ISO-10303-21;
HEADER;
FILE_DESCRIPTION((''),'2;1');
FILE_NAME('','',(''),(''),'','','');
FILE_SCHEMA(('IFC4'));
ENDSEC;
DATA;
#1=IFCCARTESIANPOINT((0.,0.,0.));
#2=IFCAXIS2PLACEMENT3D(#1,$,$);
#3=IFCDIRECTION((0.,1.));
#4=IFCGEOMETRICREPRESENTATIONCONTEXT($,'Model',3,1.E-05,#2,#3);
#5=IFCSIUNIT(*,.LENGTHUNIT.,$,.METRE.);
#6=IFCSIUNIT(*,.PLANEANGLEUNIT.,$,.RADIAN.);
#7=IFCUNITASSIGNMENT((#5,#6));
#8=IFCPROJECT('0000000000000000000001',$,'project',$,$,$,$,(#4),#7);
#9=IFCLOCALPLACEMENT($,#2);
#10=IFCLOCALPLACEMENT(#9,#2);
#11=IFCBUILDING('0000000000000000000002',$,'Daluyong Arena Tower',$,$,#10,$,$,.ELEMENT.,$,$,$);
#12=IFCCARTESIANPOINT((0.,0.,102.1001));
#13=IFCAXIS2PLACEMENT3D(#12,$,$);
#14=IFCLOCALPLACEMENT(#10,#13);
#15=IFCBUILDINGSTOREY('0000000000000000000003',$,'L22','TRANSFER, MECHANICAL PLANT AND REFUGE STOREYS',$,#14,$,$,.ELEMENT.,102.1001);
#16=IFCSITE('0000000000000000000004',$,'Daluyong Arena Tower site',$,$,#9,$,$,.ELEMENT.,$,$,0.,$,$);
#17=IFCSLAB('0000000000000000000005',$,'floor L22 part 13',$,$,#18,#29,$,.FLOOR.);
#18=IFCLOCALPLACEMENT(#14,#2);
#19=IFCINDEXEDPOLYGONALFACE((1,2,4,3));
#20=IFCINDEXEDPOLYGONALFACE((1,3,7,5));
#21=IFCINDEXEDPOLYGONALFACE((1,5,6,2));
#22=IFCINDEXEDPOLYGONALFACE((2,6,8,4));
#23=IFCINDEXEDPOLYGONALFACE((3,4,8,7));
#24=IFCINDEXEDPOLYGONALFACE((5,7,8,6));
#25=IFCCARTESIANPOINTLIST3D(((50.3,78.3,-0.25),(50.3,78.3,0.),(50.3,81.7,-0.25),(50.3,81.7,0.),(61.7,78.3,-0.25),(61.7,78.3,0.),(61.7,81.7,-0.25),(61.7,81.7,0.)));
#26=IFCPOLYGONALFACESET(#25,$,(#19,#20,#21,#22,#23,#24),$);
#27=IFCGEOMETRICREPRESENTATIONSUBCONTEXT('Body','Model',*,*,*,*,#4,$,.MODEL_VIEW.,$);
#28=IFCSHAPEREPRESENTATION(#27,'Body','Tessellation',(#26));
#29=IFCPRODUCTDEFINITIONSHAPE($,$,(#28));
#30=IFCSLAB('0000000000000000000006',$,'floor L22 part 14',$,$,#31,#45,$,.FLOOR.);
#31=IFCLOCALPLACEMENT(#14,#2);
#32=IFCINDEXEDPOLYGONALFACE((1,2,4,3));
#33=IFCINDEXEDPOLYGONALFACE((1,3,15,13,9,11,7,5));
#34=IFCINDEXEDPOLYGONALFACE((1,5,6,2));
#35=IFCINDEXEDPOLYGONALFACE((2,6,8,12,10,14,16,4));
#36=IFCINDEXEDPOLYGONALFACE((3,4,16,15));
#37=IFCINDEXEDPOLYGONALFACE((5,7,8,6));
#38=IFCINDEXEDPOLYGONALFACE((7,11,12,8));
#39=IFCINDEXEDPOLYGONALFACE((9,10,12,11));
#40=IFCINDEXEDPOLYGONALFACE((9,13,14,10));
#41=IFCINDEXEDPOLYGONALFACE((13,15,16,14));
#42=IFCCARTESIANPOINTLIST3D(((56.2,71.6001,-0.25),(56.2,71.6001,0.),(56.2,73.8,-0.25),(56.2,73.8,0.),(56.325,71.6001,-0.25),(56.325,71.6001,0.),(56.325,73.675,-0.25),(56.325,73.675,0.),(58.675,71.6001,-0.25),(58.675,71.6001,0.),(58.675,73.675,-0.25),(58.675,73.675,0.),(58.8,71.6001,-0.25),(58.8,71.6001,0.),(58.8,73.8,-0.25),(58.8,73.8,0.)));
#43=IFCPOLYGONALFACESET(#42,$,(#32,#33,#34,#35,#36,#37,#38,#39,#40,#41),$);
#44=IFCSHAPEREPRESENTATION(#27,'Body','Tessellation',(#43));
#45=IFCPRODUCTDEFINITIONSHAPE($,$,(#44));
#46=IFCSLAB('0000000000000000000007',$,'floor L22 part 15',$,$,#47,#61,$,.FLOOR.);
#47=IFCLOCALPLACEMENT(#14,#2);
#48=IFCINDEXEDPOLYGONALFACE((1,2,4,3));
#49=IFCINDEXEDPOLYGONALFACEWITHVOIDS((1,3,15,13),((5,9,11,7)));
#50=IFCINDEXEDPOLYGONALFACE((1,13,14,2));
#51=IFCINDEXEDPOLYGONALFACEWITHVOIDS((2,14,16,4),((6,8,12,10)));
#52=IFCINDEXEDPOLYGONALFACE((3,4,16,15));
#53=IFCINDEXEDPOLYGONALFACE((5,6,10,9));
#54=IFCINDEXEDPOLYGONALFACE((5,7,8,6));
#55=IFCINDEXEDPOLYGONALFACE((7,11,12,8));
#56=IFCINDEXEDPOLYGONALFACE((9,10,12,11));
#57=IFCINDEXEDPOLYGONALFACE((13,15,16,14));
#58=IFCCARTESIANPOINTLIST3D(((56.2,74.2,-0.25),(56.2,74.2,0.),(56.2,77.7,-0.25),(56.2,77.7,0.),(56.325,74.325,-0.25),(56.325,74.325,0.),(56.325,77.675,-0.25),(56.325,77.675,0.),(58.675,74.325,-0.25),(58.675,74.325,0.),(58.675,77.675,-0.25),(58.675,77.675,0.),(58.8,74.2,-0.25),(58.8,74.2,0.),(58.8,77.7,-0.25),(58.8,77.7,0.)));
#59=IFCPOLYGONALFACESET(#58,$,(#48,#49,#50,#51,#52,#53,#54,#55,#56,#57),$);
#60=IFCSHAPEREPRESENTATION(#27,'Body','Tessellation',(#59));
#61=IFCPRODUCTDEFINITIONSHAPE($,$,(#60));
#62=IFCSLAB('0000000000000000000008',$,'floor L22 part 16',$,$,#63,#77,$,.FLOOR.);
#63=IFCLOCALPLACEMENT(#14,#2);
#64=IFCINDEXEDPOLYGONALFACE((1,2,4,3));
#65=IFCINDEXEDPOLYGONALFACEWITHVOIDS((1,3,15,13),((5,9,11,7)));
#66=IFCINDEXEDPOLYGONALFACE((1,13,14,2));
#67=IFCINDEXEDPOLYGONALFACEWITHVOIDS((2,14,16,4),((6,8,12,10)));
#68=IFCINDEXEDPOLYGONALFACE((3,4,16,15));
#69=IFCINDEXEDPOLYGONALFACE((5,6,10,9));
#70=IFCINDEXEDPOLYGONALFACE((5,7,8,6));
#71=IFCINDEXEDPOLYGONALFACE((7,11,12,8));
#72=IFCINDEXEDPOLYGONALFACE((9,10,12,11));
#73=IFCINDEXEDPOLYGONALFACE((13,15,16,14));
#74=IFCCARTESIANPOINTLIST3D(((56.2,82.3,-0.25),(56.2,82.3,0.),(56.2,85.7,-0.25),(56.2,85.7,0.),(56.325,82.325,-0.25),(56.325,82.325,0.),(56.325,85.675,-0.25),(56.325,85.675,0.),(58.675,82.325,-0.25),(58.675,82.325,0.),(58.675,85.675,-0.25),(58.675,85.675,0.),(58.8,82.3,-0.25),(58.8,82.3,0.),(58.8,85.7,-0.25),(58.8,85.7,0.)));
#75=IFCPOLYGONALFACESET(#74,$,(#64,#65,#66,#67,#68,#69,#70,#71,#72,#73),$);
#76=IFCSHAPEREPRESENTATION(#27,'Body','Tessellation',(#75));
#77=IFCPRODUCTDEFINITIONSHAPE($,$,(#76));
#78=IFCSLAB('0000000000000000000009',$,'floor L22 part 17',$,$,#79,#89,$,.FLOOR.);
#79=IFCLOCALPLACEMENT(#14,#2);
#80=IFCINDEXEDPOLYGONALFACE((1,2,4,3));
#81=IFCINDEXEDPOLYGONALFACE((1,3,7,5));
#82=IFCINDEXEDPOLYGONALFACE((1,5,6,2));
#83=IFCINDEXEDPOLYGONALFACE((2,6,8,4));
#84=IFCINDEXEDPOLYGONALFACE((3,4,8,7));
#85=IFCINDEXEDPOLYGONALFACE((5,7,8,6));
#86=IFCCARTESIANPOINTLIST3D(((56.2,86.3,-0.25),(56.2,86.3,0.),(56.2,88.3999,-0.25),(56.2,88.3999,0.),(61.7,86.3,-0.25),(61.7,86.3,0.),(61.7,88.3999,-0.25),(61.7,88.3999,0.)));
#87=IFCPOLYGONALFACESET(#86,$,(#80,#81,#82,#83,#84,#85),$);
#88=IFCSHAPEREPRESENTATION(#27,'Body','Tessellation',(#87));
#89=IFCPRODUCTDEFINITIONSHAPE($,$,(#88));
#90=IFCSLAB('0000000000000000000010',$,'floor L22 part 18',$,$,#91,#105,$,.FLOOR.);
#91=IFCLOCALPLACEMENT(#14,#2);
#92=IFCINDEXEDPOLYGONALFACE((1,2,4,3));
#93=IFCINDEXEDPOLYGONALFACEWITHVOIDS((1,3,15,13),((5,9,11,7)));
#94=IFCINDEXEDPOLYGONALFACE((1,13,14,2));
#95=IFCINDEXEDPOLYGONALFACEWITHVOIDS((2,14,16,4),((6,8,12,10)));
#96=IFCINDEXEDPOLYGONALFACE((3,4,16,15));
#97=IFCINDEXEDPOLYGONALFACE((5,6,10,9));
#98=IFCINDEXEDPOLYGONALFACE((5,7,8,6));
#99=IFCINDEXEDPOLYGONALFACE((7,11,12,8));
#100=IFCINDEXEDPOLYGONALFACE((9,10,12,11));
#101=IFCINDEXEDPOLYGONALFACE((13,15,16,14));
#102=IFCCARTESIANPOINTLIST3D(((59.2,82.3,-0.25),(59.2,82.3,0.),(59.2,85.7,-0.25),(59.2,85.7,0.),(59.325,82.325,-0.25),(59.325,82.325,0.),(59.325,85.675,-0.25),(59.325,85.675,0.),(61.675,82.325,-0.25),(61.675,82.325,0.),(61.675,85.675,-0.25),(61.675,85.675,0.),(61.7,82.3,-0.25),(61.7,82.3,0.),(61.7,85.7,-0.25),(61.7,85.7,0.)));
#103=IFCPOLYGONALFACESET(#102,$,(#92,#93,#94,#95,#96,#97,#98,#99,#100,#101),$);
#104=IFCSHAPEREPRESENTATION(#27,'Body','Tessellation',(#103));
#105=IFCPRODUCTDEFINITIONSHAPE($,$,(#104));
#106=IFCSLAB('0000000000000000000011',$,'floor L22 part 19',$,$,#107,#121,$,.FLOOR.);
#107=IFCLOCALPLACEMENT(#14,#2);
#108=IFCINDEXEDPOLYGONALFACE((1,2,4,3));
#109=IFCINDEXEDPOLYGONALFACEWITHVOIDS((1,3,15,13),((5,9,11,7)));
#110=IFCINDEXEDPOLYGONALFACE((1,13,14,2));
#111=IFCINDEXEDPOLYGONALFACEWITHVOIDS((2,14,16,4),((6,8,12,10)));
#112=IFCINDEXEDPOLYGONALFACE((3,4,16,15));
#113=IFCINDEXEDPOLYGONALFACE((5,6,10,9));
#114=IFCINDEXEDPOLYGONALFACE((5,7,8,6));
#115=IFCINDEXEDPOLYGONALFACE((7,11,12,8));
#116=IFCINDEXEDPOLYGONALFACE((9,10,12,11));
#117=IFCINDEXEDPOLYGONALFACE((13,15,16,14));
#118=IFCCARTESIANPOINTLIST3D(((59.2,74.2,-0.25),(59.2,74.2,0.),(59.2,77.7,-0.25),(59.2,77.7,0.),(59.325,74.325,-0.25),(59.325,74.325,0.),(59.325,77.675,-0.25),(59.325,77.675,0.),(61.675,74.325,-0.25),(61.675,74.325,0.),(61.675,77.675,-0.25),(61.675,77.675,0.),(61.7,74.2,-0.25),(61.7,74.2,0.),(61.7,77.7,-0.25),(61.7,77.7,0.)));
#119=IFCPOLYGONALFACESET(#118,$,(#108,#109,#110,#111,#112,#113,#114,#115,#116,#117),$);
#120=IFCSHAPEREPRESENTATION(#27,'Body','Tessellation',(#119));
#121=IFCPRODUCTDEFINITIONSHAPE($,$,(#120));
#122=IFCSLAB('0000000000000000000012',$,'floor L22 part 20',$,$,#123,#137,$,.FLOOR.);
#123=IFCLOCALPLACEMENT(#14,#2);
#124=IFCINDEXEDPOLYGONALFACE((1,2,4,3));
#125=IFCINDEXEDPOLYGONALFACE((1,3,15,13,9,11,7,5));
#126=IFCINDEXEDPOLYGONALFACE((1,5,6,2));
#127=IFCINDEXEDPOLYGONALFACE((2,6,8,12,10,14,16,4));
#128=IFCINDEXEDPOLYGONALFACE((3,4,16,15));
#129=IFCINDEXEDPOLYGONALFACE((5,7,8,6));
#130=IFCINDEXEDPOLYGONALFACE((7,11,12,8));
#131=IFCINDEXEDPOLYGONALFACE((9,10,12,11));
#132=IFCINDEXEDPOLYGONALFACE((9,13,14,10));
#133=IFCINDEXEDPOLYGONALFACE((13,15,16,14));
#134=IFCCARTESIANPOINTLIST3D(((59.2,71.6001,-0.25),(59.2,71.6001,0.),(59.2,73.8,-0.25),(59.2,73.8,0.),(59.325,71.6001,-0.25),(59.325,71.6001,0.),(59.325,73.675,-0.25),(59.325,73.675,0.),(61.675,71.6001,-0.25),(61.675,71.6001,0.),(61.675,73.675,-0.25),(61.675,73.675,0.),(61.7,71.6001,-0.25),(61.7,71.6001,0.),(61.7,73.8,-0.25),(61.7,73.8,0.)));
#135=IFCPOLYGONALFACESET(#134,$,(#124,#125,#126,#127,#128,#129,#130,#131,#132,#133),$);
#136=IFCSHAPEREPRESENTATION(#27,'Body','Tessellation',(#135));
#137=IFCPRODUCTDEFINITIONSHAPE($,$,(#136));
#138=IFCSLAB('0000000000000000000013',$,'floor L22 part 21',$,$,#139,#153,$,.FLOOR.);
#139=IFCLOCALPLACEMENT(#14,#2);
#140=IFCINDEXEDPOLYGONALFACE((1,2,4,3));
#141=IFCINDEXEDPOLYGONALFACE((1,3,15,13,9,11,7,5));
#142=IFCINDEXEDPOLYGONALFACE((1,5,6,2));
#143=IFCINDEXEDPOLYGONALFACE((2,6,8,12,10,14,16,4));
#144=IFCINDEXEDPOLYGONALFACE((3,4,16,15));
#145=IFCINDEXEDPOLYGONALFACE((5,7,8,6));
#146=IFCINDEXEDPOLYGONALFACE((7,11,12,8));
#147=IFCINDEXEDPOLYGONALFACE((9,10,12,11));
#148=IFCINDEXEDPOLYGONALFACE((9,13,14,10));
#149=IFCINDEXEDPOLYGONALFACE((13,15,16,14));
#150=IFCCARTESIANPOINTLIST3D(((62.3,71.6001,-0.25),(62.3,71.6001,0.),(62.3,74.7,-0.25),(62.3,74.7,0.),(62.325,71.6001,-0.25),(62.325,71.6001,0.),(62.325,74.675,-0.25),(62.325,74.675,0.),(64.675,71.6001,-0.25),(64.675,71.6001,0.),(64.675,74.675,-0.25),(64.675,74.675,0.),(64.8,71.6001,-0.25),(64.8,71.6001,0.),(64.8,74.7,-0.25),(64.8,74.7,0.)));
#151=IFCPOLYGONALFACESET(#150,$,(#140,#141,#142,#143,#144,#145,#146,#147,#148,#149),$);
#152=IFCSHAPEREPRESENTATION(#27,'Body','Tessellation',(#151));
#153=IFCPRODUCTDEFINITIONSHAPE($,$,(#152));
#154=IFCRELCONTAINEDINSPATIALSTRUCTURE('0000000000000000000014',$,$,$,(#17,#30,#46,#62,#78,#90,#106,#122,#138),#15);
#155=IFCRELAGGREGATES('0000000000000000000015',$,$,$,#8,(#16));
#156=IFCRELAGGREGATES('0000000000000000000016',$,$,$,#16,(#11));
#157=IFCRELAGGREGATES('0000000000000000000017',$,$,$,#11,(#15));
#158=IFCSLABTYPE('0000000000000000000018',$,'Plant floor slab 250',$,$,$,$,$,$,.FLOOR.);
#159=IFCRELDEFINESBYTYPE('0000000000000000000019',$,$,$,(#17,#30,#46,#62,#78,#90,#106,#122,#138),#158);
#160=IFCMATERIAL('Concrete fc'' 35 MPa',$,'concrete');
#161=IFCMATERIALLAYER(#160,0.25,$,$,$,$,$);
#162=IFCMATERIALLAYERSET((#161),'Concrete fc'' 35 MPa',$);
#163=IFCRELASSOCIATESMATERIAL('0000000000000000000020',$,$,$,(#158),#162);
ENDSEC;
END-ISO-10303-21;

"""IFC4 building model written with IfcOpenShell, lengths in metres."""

from ifc_helpers import new_model, si_unit, direction, frame, origin, place, context, subcontext, project, spatial, polyline, outline, extrude, material, layer, layer_set, type_object, element, save


model = new_model("IFC4")

# Units and contexts
model_context = context("Model", 3, precision=1e-05, world=origin(), true_north=direction((0.0, 1.0)))
body_context = subcontext(model_context, "Body", "Model", "MODEL_VIEW")
ifc_project = project(units=[si_unit("LENGTHUNIT", "METRE"), si_unit("PLANEANGLEUNIT", "RADIAN")], contexts=[model_context])

# Site, building, storey
site_placement = place(None, origin())
site = spatial("IfcSite", under=ifc_project, at=site_placement, Name="Daluyong Arena Tower site", CompositionType="ELEMENT", RefElevation=0.0)
building_placement = place(site_placement, origin())
building = spatial("IfcBuilding", under=site, at=building_placement, Name="Daluyong Arena Tower", CompositionType="ELEMENT")
storey_placement = place(building_placement, frame((0.0, 0.0, 102.1001)))
storey = spatial("IfcBuildingStorey", under=building, at=storey_placement, Name="L22", Description="TRANSFER, MECHANICAL PLANT AND REFUGE STOREYS", CompositionType="ELEMENT", Elevation=102.1001)

# Slabs
ifc_material = material(Name="Concrete fc' 35 MPa", Category="concrete")
ifc_layer = layer(ifc_material, 0.25)
ifc_layer_set = layer_set([ifc_layer], Name="Concrete fc' 35 MPa")
slab_type = type_object("IfcSlabType", Name="Plant floor slab 250", PredefinedType="FLOOR", material=ifc_layer_set)
slab_1_placement = place(storey_placement, frame((0.0, 0.0, -0.25)))
element("IfcSlab", 1, at=slab_1_placement, inside=storey, type_object=slab_type, Name="floor L22 part 13", PredefinedType="FLOOR", context=body_context, shape_type="SweptSolid", body=[
    extrude(outline(polyline([(61.7, 81.7), (50.3, 81.7), (50.3, 78.3), (61.7, 78.3), (61.7, 81.7)])), origin(), (0.0, 0.0, 1.0), 0.25),
])
slab_2_placement = place(storey_placement, frame((0.0, 0.0, -0.25)))
element("IfcSlab", 2, at=slab_2_placement, inside=storey, type_object=slab_type, Name="floor L22 part 14", PredefinedType="FLOOR", context=body_context, shape_type="SweptSolid", body=[
    extrude(outline(polyline([(58.675, 73.675), (58.675, 71.6001), (58.8, 71.6001), (58.8, 73.8), (56.2, 73.8), (56.2, 71.6001), (56.325, 71.6001), (56.325, 73.675), (58.675, 73.675)])), origin(), (0.0, 0.0, 1.0), 0.25),
])
slab_3_placement = place(storey_placement, frame((0.0, 0.0, -0.25)))
element("IfcSlab", 3, at=slab_3_placement, inside=storey, type_object=slab_type, Name="floor L22 part 15", PredefinedType="FLOOR", context=body_context, shape_type="SweptSolid", body=[
    extrude(outline(polyline([(56.2, 77.7), (56.2, 74.2), (58.8, 74.2), (58.8, 77.7), (56.2, 77.7)]), holes=[polyline([(58.675, 77.675), (58.675, 74.325), (56.325, 74.325), (56.325, 77.675), (58.675, 77.675)])]), origin(), (0.0, 0.0, 1.0), 0.25),
])
slab_4_placement = place(storey_placement, frame((0.0, 0.0, -0.25)))
element("IfcSlab", 4, at=slab_4_placement, inside=storey, type_object=slab_type, Name="floor L22 part 16", PredefinedType="FLOOR", context=body_context, shape_type="SweptSolid", body=[
    extrude(outline(polyline([(56.2, 85.7), (56.2, 82.3), (58.8, 82.3), (58.8, 85.7), (56.2, 85.7)]), holes=[polyline([(58.675, 85.675), (58.675, 82.325), (56.325, 82.325), (56.325, 85.675), (58.675, 85.675)])]), origin(), (0.0, 0.0, 1.0), 0.25),
])
slab_5_placement = place(storey_placement, frame((0.0, 0.0, -0.25)))
element("IfcSlab", 5, at=slab_5_placement, inside=storey, type_object=slab_type, Name="floor L22 part 17", PredefinedType="FLOOR", context=body_context, shape_type="SweptSolid", body=[
    extrude(outline(polyline([(56.2, 86.3), (61.7, 86.3), (61.7, 88.3999), (56.2, 88.3999), (56.2, 86.3)])), origin(), (0.0, 0.0, 1.0), 0.25),
])
slab_6_placement = place(storey_placement, frame((0.0, 0.0, -0.25)))
element("IfcSlab", 6, at=slab_6_placement, inside=storey, type_object=slab_type, Name="floor L22 part 18", PredefinedType="FLOOR", context=body_context, shape_type="SweptSolid", body=[
    extrude(outline(polyline([(59.2, 82.3), (61.7, 82.3), (61.7, 85.7), (59.2, 85.7), (59.2, 82.3)]), holes=[polyline([(61.675, 82.325), (59.325, 82.325), (59.325, 85.675), (61.675, 85.675), (61.675, 82.325)])]), origin(), (0.0, 0.0, 1.0), 0.25),
])
slab_7_placement = place(storey_placement, frame((0.0, 0.0, -0.25)))
element("IfcSlab", 7, at=slab_7_placement, inside=storey, type_object=slab_type, Name="floor L22 part 19", PredefinedType="FLOOR", context=body_context, shape_type="SweptSolid", body=[
    extrude(outline(polyline([(59.2, 74.2), (61.7, 74.2), (61.7, 77.7), (59.2, 77.7), (59.2, 74.2)]), holes=[polyline([(61.675, 77.675), (61.675, 74.325), (59.325, 74.325), (59.325, 77.675), (61.675, 77.675)])]), origin(), (0.0, 0.0, 1.0), 0.25),
])
slab_8_placement = place(storey_placement, frame((0.0, 0.0, -0.25)))
element("IfcSlab", 8, at=slab_8_placement, inside=storey, type_object=slab_type, Name="floor L22 part 20", PredefinedType="FLOOR", context=body_context, shape_type="SweptSolid", body=[
    extrude(outline(polyline([(61.7, 73.8), (59.2, 73.8), (59.2, 71.6001), (59.325, 71.6001), (59.325, 73.675), (61.675, 73.675), (61.675, 71.6001), (61.7, 71.6001), (61.7, 73.8)])), origin(), (0.0, 0.0, 1.0), 0.25),
])
slab_9_placement = place(storey_placement, frame((0.0, 0.0, -0.25)))
element("IfcSlab", 9, at=slab_9_placement, inside=storey, type_object=slab_type, Name="floor L22 part 21", PredefinedType="FLOOR", context=body_context, shape_type="SweptSolid", body=[
    extrude(outline(polyline([(64.8, 71.6001), (64.8, 74.7), (62.3, 74.7), (62.3, 71.6001), (62.325, 71.6001), (62.325, 74.675), (64.675, 74.675), (64.675, 71.6001), (64.8, 71.6001)])), origin(), (0.0, 0.0, 1.0), 0.25),
])

save(model, "model.ifc")
